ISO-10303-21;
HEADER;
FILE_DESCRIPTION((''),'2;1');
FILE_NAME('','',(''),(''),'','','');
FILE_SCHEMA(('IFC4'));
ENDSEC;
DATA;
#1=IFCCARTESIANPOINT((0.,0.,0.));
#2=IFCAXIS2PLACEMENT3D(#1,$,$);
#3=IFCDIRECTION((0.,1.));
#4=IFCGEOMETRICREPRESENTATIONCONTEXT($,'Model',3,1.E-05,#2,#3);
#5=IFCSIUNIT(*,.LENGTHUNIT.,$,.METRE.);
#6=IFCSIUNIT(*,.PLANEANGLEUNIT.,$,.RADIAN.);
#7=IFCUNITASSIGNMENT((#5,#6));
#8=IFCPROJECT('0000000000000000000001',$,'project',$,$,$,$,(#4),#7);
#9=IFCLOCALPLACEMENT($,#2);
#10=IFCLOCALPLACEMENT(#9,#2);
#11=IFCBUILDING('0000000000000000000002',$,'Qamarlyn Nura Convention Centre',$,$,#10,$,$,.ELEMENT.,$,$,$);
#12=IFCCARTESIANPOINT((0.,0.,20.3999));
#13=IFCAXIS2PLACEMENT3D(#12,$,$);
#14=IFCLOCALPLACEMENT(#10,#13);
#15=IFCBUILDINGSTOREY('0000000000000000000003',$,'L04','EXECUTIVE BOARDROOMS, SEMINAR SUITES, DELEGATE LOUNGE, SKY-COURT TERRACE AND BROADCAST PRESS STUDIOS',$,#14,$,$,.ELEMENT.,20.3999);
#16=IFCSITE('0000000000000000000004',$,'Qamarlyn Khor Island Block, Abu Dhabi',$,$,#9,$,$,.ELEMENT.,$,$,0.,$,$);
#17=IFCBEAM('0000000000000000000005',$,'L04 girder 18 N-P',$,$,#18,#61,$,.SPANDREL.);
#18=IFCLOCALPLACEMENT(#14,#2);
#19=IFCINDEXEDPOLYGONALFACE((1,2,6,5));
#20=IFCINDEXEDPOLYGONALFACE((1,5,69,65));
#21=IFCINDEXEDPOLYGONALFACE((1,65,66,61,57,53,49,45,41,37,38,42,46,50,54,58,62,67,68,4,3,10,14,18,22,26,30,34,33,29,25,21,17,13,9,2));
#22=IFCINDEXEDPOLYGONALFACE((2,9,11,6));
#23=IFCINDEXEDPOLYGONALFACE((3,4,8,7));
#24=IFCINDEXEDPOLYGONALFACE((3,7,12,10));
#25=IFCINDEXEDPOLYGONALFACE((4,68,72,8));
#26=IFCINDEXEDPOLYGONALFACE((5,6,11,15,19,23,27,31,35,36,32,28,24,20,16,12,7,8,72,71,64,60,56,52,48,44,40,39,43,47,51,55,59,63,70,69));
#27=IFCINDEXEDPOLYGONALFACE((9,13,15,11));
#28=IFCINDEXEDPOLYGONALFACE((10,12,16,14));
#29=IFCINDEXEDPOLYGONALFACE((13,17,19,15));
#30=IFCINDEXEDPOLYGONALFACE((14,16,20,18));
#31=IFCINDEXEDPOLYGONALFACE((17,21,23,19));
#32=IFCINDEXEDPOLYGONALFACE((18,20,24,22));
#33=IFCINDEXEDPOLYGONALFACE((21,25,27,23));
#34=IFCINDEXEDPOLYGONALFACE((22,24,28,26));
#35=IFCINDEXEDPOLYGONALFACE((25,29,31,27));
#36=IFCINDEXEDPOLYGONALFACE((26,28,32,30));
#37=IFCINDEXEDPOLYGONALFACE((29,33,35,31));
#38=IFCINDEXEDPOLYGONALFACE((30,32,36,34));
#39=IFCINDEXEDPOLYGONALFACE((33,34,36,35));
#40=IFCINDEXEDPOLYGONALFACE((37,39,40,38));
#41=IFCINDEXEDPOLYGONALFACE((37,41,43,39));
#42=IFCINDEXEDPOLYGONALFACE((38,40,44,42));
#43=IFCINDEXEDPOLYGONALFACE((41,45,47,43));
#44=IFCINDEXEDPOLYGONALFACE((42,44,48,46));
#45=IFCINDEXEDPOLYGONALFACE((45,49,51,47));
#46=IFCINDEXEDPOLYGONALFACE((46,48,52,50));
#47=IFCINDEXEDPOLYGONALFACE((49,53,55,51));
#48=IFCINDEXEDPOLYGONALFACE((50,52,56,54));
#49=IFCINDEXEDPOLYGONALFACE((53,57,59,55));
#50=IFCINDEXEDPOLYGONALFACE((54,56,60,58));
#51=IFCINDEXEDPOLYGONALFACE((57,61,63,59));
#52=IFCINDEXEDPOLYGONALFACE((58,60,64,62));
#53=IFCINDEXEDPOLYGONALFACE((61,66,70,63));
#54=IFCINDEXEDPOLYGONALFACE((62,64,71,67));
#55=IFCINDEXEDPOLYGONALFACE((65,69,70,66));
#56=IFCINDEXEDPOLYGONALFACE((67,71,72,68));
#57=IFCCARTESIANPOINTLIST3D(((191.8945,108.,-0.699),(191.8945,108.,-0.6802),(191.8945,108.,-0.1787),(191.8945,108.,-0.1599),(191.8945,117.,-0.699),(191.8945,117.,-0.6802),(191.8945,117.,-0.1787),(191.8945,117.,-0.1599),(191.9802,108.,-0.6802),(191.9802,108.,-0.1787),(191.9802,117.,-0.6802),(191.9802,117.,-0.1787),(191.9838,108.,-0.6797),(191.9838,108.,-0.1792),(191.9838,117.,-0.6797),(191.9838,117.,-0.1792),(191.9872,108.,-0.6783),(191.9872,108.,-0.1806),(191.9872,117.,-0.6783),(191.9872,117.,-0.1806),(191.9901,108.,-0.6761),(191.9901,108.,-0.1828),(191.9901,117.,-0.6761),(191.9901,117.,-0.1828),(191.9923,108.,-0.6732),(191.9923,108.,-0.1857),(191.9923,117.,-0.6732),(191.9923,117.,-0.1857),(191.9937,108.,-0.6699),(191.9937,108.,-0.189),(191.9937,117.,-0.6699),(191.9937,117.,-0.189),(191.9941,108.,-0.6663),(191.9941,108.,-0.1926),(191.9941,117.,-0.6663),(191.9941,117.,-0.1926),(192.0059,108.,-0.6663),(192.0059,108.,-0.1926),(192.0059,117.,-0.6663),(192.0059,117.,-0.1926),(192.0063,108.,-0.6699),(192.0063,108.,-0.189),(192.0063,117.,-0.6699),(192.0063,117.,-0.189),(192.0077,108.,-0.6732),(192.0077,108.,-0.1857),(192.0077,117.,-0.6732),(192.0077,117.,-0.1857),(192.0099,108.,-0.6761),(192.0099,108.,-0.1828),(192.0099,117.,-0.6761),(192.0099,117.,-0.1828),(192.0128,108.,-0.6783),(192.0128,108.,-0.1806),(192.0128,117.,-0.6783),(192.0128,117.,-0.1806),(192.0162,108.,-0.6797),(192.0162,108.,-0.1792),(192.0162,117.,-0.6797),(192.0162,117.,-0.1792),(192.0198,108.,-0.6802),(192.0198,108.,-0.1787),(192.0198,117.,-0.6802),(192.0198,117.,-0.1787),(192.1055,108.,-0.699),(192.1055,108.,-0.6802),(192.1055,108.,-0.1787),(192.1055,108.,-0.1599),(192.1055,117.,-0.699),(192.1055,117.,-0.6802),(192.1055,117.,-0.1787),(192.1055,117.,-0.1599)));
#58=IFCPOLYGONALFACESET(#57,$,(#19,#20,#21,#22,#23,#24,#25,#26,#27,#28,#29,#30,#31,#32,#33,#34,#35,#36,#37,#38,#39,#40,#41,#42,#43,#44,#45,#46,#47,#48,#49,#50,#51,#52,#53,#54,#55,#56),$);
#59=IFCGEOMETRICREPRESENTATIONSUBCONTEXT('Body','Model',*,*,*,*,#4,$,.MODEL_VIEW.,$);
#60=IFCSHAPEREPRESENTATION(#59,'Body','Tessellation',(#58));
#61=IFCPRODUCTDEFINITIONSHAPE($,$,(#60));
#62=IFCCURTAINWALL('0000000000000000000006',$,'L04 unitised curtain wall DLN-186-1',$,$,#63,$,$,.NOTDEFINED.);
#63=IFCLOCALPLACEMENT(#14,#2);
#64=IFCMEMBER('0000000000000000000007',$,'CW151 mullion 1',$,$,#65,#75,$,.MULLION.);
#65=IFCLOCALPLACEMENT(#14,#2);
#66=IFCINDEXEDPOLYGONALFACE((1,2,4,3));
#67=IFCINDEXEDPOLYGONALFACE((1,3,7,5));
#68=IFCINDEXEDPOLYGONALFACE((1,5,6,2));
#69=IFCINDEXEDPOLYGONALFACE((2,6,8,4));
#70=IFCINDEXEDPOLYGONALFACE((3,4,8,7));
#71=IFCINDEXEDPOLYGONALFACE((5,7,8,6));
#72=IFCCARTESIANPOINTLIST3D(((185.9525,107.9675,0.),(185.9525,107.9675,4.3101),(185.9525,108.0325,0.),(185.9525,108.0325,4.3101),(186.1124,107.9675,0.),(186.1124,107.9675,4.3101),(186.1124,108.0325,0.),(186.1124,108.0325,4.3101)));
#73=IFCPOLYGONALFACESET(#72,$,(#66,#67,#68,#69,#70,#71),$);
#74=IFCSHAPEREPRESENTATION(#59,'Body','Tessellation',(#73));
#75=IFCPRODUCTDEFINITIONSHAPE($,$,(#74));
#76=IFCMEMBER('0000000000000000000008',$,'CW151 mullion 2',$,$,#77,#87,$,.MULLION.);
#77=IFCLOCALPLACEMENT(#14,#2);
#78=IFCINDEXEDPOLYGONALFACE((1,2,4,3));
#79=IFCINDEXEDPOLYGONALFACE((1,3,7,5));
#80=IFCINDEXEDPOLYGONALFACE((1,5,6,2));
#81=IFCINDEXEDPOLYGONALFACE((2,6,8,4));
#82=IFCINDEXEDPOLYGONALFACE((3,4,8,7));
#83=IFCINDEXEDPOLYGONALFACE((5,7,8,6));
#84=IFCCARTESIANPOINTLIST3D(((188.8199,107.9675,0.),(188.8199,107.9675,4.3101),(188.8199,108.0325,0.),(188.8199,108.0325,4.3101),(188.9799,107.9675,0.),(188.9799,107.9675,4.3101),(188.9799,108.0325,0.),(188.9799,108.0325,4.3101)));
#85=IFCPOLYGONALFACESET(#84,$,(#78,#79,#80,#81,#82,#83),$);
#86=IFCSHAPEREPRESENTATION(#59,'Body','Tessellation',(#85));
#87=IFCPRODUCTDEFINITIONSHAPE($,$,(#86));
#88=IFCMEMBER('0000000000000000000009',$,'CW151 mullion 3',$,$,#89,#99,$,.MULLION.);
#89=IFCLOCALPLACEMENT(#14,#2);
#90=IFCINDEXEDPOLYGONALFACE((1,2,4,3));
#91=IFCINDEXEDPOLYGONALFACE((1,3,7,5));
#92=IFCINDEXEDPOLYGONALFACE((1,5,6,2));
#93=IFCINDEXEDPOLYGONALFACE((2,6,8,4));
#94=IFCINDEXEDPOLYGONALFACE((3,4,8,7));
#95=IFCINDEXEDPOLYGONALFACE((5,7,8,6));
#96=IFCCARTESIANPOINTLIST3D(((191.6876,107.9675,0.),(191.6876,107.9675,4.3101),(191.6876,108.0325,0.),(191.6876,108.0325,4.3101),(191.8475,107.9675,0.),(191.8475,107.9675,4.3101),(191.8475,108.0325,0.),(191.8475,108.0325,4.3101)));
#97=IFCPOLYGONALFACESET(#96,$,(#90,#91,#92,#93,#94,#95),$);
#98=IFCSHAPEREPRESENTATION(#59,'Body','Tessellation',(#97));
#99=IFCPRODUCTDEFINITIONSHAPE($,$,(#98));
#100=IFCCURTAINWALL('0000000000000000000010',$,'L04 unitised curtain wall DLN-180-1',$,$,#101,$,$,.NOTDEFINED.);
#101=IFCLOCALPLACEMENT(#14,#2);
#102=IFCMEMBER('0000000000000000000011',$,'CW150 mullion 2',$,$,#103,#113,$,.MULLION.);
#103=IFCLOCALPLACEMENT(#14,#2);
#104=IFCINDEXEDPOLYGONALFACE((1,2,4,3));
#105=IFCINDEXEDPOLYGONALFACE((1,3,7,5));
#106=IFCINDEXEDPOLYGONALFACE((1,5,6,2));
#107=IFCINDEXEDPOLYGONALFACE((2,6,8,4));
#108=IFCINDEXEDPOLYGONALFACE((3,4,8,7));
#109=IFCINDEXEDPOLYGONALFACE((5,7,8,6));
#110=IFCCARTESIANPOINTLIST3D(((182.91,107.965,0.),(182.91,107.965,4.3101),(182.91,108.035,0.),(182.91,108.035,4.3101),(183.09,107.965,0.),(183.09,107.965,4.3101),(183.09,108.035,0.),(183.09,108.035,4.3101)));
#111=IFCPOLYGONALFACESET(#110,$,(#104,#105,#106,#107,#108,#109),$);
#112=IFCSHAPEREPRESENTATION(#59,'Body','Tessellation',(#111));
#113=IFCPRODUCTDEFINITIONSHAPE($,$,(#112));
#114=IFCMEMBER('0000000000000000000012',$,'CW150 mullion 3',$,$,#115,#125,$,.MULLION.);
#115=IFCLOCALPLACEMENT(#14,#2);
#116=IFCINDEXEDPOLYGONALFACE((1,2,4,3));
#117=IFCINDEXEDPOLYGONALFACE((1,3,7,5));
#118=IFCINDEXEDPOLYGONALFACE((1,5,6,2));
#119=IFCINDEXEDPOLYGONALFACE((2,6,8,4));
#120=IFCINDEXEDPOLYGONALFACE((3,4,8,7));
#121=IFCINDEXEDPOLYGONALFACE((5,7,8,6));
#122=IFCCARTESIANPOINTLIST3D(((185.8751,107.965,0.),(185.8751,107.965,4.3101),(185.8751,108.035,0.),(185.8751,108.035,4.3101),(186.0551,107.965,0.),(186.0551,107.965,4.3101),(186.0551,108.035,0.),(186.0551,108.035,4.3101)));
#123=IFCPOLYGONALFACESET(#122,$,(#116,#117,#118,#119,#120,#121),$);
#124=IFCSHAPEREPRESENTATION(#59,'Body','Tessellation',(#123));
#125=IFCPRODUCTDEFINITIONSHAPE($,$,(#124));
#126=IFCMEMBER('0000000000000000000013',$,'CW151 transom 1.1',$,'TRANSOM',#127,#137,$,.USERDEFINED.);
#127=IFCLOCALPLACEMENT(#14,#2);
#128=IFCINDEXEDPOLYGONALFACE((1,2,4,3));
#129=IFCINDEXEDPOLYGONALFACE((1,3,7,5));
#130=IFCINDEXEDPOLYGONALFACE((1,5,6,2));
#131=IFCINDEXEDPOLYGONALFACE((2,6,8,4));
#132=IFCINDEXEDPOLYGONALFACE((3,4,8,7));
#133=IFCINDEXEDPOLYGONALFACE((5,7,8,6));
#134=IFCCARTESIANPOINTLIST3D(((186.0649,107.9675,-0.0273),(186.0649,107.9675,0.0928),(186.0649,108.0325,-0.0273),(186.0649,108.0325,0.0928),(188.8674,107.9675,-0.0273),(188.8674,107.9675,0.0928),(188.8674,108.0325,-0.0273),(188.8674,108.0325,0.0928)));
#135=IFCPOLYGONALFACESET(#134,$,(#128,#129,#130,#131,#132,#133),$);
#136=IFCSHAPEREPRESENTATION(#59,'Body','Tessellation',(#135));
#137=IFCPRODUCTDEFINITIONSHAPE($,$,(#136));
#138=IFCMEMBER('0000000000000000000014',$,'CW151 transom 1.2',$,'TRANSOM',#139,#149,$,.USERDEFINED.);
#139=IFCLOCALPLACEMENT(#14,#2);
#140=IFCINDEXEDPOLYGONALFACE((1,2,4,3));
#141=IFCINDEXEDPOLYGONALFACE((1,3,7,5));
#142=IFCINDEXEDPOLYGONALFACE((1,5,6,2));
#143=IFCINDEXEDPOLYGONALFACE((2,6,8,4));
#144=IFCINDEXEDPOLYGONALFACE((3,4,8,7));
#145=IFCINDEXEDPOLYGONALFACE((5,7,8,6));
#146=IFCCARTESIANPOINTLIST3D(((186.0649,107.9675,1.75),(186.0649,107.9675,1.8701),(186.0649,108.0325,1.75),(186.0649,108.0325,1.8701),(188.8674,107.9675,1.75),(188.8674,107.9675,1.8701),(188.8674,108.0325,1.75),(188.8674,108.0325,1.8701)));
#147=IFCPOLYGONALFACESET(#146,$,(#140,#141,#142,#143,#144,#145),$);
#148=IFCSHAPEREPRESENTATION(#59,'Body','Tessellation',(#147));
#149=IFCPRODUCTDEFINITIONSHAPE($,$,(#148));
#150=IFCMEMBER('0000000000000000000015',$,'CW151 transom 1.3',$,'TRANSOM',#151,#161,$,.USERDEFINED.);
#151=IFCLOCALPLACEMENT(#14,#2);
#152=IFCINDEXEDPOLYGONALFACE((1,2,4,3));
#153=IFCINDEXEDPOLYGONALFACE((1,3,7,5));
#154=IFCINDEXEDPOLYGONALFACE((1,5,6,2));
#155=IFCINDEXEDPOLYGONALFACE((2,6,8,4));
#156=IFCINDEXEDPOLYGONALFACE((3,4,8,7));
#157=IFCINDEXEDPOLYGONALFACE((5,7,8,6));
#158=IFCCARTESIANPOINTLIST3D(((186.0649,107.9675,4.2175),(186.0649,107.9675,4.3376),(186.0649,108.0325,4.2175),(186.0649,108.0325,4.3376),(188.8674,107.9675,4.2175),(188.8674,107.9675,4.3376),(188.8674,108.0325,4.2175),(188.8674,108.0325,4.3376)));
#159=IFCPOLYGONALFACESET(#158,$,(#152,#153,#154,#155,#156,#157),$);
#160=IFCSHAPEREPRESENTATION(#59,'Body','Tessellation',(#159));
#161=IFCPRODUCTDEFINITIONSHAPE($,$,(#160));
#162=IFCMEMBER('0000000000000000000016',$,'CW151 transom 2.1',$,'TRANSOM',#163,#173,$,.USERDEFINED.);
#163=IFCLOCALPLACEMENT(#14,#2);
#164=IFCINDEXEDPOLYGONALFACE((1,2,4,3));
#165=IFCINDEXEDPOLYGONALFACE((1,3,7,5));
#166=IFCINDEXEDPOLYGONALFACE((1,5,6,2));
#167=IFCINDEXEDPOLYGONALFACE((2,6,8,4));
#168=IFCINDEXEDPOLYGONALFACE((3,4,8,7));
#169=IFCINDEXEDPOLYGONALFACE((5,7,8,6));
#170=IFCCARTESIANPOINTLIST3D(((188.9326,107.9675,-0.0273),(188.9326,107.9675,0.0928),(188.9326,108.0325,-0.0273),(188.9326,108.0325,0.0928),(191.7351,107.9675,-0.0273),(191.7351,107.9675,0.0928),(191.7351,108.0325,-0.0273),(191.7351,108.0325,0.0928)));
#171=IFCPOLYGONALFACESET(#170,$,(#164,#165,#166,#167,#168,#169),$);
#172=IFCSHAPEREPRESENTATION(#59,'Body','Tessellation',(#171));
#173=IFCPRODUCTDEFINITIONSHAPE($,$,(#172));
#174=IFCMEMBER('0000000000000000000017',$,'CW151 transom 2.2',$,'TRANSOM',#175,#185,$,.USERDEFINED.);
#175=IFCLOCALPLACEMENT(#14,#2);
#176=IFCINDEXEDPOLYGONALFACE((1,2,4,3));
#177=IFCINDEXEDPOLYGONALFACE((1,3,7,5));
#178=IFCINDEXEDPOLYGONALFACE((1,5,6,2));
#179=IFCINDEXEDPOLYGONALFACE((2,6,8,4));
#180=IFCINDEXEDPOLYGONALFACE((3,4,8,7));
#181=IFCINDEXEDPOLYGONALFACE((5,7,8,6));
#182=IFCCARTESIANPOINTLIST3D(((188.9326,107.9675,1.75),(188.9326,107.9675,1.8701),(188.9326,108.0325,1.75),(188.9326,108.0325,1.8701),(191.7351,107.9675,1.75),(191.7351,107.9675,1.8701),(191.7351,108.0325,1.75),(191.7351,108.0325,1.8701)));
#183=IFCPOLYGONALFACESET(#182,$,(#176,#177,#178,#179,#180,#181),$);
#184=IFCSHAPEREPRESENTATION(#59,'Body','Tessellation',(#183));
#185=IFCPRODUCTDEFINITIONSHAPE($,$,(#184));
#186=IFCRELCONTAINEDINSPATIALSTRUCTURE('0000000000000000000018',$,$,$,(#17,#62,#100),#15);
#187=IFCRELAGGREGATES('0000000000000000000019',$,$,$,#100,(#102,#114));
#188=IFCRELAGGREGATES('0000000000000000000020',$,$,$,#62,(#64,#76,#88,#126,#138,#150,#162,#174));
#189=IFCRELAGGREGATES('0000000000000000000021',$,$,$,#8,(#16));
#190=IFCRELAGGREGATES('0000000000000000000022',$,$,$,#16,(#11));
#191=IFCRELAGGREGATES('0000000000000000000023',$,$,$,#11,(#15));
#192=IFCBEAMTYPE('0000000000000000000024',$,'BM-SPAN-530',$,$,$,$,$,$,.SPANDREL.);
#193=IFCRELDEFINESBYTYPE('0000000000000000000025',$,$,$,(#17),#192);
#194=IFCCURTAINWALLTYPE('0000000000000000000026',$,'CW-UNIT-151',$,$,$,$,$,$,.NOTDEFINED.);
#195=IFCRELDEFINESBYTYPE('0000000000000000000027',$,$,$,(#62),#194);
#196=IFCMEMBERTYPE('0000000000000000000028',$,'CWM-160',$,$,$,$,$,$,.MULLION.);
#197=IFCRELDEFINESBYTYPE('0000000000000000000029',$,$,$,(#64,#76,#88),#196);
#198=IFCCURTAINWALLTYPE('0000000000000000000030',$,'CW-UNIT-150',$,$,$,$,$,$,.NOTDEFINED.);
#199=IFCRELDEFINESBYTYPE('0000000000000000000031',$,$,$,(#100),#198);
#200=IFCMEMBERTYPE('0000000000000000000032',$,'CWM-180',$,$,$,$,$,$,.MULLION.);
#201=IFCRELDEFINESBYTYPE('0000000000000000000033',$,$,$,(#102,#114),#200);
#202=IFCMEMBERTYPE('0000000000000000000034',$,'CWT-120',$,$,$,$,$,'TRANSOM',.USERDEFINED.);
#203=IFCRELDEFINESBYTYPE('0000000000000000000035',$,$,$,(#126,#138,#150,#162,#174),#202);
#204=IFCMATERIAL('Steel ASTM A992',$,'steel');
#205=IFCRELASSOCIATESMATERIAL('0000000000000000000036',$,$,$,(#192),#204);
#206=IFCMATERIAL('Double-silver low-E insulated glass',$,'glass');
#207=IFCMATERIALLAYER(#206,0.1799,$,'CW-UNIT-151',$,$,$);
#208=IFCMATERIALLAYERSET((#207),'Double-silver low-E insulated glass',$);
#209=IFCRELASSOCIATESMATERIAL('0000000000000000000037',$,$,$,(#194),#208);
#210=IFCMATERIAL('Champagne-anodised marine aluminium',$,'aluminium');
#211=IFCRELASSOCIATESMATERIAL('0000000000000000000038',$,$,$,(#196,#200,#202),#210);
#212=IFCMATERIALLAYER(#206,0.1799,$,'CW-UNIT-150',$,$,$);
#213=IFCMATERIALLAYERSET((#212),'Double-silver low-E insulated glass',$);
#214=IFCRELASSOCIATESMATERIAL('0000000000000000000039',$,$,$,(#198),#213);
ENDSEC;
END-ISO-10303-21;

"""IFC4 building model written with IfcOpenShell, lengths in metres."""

from ifc_helpers import new_model, si_unit, direction, frame, origin, origin_2d, place, context, subcontext, project, spatial, rectangle, i_section, extrude, material, layer, layer_set, material_profile, profile_set, type_object, element, aggregate, save


model = new_model("IFC4")

# Units and contexts
model_context = context("Model", 3, precision=1e-05, world=origin(), true_north=direction((0.0, 1.0)))
body_context = subcontext(model_context, "Body", "Model", "MODEL_VIEW")
ifc_project = project(units=[si_unit("LENGTHUNIT", "METRE"), si_unit("PLANEANGLEUNIT", "RADIAN")], contexts=[model_context])

# Site, building, storey
site_placement = place(None, origin())
site = spatial("IfcSite", under=ifc_project, at=site_placement, Name="Qamarlyn Khor Island Block, Abu Dhabi", CompositionType="ELEMENT", RefElevation=0.0)
building_placement = place(site_placement, origin())
building = spatial("IfcBuilding", under=site, at=building_placement, Name="Qamarlyn Nura Convention Centre", CompositionType="ELEMENT")
storey_placement = place(building_placement, frame((0.0, 0.0, 20.3999)))
storey = spatial("IfcBuildingStorey", under=building, at=storey_placement, Name="L04", Description="EXECUTIVE BOARDROOMS, SEMINAR SUITES, DELEGATE LOUNGE, SKY-COURT TERRACE AND BROADCAST PRESS STUDIOS", CompositionType="ELEMENT", Elevation=20.3999)

# Beam
ifc_material_1 = material(Name="Steel ASTM A992", Category="steel")
ifc_material_profile_1 = material_profile(ifc_material_1, i_section(OverallWidth=0.2109, OverallDepth=0.5391, WebThickness=0.0117, FlangeThickness=0.0188, FilletRadius=0.0139, at=origin_2d()), Name="W530X109")
ifc_profile_set_1 = profile_set([ifc_material_profile_1], Name="Steel ASTM A992")
beam_type_1 = type_object("IfcBeamType", Name="BM-SPAN-530", PredefinedType="SPANDREL", material=ifc_profile_set_1)
beam_1_placement = place(storey_placement, frame((192.0, 108.0, -0.4294), z_axis=(0.0, 1.0, 0.0), x_axis=(-1.0, 0.0, 0.0)))
element("IfcBeam", 1, at=beam_1_placement, inside=storey, type_object=beam_type_1, Name="L04 girder 18 N-P", PredefinedType="SPANDREL", context=body_context, shape_type="SweptSolid", body=[
    extrude(i_section(OverallWidth=0.2109, OverallDepth=0.5391, WebThickness=0.0117, FlangeThickness=0.0188, FilletRadius=0.0139, at=origin_2d()), origin(), (0.0, 0.0, 1.0), 9.0),
])

# Curtain walls, members
ifc_material_2 = material(Name="Double-silver low-E insulated glass", Category="glass")
ifc_layer_1 = layer(ifc_material_2, 0.1799, Name="CW-UNIT-151")
ifc_layer_set_1 = layer_set([ifc_layer_1], Name="Double-silver low-E insulated glass")
curtain_wall_type_1 = type_object("IfcCurtainWallType", Name="CW-UNIT-151", PredefinedType="NOTDEFINED", material=ifc_layer_set_1)
curtain_wall_1_placement = place(storey_placement, origin())
curtain_wall_1 = element("IfcCurtainWall", 2, at=curtain_wall_1_placement, inside=storey, type_object=curtain_wall_type_1, Name="L04 unitised curtain wall DLN-186-1", PredefinedType="NOTDEFINED")
ifc_material_3 = material(Name="Champagne-anodised marine aluminium", Category="aluminium")
ifc_material_profile_2 = material_profile(ifc_material_3, rectangle(XDim=0.0649, YDim=0.1599, at=origin_2d()), Name="ALU MULLION 65x160")
ifc_profile_set_2 = profile_set([ifc_material_profile_2], Name="Champagne-anodised marine aluminium")
member_type_1 = type_object("IfcMemberType", Name="CWM-160", PredefinedType="MULLION", material=ifc_profile_set_2)
member_1_placement = place(storey_placement, frame((186.0325, 108.0, 0.0), z_axis=(0.0, 0.0, 1.0), x_axis=(0.0, 1.0, 0.0)))
member_1 = element("IfcMember", 3, at=member_1_placement, type_object=member_type_1, Name="CW151 mullion 1", PredefinedType="MULLION", context=body_context, shape_type="SweptSolid", body=[
    extrude(rectangle(XDim=0.0649, YDim=0.1599, at=origin_2d()), origin(), (0.0, 0.0, 1.0), 4.3101),
])
member_2_placement = place(storey_placement, frame((188.8999, 108.0, 0.0), z_axis=(0.0, 0.0, 1.0), x_axis=(0.0, 1.0, 0.0)))
member_2 = element("IfcMember", 4, at=member_2_placement, type_object=member_type_1, Name="CW151 mullion 2", PredefinedType="MULLION", context=body_context, shape_type="SweptSolid", body=[
    extrude(rectangle(XDim=0.0649, YDim=0.1599, at=origin_2d()), origin(), (0.0, 0.0, 1.0), 4.3101),
])
member_3_placement = place(storey_placement, frame((191.7676, 108.0, 0.0), z_axis=(0.0, 0.0, 1.0), x_axis=(0.0, 1.0, 0.0)))
member_3 = element("IfcMember", 5, at=member_3_placement, type_object=member_type_1, Name="CW151 mullion 3", PredefinedType="MULLION", context=body_context, shape_type="SweptSolid", body=[
    extrude(rectangle(XDim=0.0649, YDim=0.1599, at=origin_2d()), origin(), (0.0, 0.0, 1.0), 4.3101),
])
ifc_layer_2 = layer(ifc_material_2, 0.1799, Name="CW-UNIT-150")
ifc_layer_set_2 = layer_set([ifc_layer_2], Name="Double-silver low-E insulated glass")
curtain_wall_type_2 = type_object("IfcCurtainWallType", Name="CW-UNIT-150", PredefinedType="NOTDEFINED", material=ifc_layer_set_2)
curtain_wall_2_placement = place(storey_placement, origin())
curtain_wall_2 = element("IfcCurtainWall", 6, at=curtain_wall_2_placement, inside=storey, type_object=curtain_wall_type_2, Name="L04 unitised curtain wall DLN-180-1", PredefinedType="NOTDEFINED")
ifc_material_profile_3 = material_profile(ifc_material_3, rectangle(XDim=0.0701, YDim=0.1799, at=origin_2d()), Name="ALU MULLION 70x180")
ifc_profile_set_3 = profile_set([ifc_material_profile_3], Name="Champagne-anodised marine aluminium")
member_type_2 = type_object("IfcMemberType", Name="CWM-180", PredefinedType="MULLION", material=ifc_profile_set_3)
member_4_placement = place(storey_placement, frame((183.0, 108.0, 0.0), z_axis=(0.0, 0.0, 1.0), x_axis=(0.0, 1.0, 0.0)))
member_4 = element("IfcMember", 7, at=member_4_placement, type_object=member_type_2, Name="CW150 mullion 2", PredefinedType="MULLION", context=body_context, shape_type="SweptSolid", body=[
    extrude(rectangle(XDim=0.0701, YDim=0.1799, at=origin_2d()), origin(), (0.0, 0.0, 1.0), 4.3101),
])
member_5_placement = place(storey_placement, frame((185.9651, 108.0, 0.0), z_axis=(0.0, 0.0, 1.0), x_axis=(0.0, 1.0, 0.0)))
member_5 = element("IfcMember", 8, at=member_5_placement, type_object=member_type_2, Name="CW150 mullion 3", PredefinedType="MULLION", context=body_context, shape_type="SweptSolid", body=[
    extrude(rectangle(XDim=0.0701, YDim=0.1799, at=origin_2d()), origin(), (0.0, 0.0, 1.0), 4.3101),
])

# Members
ifc_material_profile_4 = material_profile(ifc_material_3, rectangle(XDim=0.0649, YDim=0.1201, at=origin_2d()), Name="ALU TRANSOM 65x120")
ifc_profile_set_4 = profile_set([ifc_material_profile_4], Name="Champagne-anodised marine aluminium")
member_type_3 = type_object("IfcMemberType", Name="CWT-120", ElementType="TRANSOM", PredefinedType="USERDEFINED", material=ifc_profile_set_4)
member_6_placement = place(storey_placement, frame((186.0649, 108.0, 0.0327), z_axis=(1.0, 0.0, 0.0), x_axis=(0.0, 1.0, 0.0)))
member_6 = element("IfcMember", 9, at=member_6_placement, type_object=member_type_3, Name="CW151 transom 1.1", ObjectType="TRANSOM", PredefinedType="USERDEFINED", context=body_context, shape_type="SweptSolid", body=[
    extrude(rectangle(XDim=0.0649, YDim=0.1201, at=origin_2d()), origin(), (0.0, 0.0, 1.0), 2.8025),
])
member_7_placement = place(storey_placement, frame((186.0649, 108.0, 1.8101), z_axis=(1.0, 0.0, 0.0), x_axis=(0.0, 1.0, 0.0)))
member_7 = element("IfcMember", 10, at=member_7_placement, type_object=member_type_3, Name="CW151 transom 1.2", ObjectType="TRANSOM", PredefinedType="USERDEFINED", context=body_context, shape_type="SweptSolid", body=[
    extrude(rectangle(XDim=0.0649, YDim=0.1201, at=origin_2d()), origin(), (0.0, 0.0, 1.0), 2.8025),
])
member_8_placement = place(storey_placement, frame((186.0649, 108.0, 4.2776), z_axis=(1.0, 0.0, 0.0), x_axis=(0.0, 1.0, 0.0)))
member_8 = element("IfcMember", 11, at=member_8_placement, type_object=member_type_3, Name="CW151 transom 1.3", ObjectType="TRANSOM", PredefinedType="USERDEFINED", context=body_context, shape_type="SweptSolid", body=[
    extrude(rectangle(XDim=0.0649, YDim=0.1201, at=origin_2d()), origin(), (0.0, 0.0, 1.0), 2.8025),
])
member_9_placement = place(storey_placement, frame((188.9326, 108.0, 0.0327), z_axis=(1.0, 0.0, 0.0), x_axis=(0.0, 1.0, 0.0)))
member_9 = element("IfcMember", 12, at=member_9_placement, type_object=member_type_3, Name="CW151 transom 2.1", ObjectType="TRANSOM", PredefinedType="USERDEFINED", context=body_context, shape_type="SweptSolid", body=[
    extrude(rectangle(XDim=0.0649, YDim=0.1201, at=origin_2d()), origin(), (0.0, 0.0, 1.0), 2.8025),
])
member_10_placement = place(storey_placement, frame((188.9326, 108.0, 1.8101), z_axis=(1.0, 0.0, 0.0), x_axis=(0.0, 1.0, 0.0)))
member_10 = element("IfcMember", 13, at=member_10_placement, type_object=member_type_3, Name="CW151 transom 2.2", ObjectType="TRANSOM", PredefinedType="USERDEFINED", context=body_context, shape_type="SweptSolid", body=[
    extrude(rectangle(XDim=0.0649, YDim=0.1201, at=origin_2d()), origin(), (0.0, 0.0, 1.0), 2.8025),
])

aggregate(curtain_wall_2, [member_4, member_5])
aggregate(curtain_wall_1, [member_1, member_2, member_3, member_6, member_7, member_8, member_9, member_10])

save(model, "model.ifc")
